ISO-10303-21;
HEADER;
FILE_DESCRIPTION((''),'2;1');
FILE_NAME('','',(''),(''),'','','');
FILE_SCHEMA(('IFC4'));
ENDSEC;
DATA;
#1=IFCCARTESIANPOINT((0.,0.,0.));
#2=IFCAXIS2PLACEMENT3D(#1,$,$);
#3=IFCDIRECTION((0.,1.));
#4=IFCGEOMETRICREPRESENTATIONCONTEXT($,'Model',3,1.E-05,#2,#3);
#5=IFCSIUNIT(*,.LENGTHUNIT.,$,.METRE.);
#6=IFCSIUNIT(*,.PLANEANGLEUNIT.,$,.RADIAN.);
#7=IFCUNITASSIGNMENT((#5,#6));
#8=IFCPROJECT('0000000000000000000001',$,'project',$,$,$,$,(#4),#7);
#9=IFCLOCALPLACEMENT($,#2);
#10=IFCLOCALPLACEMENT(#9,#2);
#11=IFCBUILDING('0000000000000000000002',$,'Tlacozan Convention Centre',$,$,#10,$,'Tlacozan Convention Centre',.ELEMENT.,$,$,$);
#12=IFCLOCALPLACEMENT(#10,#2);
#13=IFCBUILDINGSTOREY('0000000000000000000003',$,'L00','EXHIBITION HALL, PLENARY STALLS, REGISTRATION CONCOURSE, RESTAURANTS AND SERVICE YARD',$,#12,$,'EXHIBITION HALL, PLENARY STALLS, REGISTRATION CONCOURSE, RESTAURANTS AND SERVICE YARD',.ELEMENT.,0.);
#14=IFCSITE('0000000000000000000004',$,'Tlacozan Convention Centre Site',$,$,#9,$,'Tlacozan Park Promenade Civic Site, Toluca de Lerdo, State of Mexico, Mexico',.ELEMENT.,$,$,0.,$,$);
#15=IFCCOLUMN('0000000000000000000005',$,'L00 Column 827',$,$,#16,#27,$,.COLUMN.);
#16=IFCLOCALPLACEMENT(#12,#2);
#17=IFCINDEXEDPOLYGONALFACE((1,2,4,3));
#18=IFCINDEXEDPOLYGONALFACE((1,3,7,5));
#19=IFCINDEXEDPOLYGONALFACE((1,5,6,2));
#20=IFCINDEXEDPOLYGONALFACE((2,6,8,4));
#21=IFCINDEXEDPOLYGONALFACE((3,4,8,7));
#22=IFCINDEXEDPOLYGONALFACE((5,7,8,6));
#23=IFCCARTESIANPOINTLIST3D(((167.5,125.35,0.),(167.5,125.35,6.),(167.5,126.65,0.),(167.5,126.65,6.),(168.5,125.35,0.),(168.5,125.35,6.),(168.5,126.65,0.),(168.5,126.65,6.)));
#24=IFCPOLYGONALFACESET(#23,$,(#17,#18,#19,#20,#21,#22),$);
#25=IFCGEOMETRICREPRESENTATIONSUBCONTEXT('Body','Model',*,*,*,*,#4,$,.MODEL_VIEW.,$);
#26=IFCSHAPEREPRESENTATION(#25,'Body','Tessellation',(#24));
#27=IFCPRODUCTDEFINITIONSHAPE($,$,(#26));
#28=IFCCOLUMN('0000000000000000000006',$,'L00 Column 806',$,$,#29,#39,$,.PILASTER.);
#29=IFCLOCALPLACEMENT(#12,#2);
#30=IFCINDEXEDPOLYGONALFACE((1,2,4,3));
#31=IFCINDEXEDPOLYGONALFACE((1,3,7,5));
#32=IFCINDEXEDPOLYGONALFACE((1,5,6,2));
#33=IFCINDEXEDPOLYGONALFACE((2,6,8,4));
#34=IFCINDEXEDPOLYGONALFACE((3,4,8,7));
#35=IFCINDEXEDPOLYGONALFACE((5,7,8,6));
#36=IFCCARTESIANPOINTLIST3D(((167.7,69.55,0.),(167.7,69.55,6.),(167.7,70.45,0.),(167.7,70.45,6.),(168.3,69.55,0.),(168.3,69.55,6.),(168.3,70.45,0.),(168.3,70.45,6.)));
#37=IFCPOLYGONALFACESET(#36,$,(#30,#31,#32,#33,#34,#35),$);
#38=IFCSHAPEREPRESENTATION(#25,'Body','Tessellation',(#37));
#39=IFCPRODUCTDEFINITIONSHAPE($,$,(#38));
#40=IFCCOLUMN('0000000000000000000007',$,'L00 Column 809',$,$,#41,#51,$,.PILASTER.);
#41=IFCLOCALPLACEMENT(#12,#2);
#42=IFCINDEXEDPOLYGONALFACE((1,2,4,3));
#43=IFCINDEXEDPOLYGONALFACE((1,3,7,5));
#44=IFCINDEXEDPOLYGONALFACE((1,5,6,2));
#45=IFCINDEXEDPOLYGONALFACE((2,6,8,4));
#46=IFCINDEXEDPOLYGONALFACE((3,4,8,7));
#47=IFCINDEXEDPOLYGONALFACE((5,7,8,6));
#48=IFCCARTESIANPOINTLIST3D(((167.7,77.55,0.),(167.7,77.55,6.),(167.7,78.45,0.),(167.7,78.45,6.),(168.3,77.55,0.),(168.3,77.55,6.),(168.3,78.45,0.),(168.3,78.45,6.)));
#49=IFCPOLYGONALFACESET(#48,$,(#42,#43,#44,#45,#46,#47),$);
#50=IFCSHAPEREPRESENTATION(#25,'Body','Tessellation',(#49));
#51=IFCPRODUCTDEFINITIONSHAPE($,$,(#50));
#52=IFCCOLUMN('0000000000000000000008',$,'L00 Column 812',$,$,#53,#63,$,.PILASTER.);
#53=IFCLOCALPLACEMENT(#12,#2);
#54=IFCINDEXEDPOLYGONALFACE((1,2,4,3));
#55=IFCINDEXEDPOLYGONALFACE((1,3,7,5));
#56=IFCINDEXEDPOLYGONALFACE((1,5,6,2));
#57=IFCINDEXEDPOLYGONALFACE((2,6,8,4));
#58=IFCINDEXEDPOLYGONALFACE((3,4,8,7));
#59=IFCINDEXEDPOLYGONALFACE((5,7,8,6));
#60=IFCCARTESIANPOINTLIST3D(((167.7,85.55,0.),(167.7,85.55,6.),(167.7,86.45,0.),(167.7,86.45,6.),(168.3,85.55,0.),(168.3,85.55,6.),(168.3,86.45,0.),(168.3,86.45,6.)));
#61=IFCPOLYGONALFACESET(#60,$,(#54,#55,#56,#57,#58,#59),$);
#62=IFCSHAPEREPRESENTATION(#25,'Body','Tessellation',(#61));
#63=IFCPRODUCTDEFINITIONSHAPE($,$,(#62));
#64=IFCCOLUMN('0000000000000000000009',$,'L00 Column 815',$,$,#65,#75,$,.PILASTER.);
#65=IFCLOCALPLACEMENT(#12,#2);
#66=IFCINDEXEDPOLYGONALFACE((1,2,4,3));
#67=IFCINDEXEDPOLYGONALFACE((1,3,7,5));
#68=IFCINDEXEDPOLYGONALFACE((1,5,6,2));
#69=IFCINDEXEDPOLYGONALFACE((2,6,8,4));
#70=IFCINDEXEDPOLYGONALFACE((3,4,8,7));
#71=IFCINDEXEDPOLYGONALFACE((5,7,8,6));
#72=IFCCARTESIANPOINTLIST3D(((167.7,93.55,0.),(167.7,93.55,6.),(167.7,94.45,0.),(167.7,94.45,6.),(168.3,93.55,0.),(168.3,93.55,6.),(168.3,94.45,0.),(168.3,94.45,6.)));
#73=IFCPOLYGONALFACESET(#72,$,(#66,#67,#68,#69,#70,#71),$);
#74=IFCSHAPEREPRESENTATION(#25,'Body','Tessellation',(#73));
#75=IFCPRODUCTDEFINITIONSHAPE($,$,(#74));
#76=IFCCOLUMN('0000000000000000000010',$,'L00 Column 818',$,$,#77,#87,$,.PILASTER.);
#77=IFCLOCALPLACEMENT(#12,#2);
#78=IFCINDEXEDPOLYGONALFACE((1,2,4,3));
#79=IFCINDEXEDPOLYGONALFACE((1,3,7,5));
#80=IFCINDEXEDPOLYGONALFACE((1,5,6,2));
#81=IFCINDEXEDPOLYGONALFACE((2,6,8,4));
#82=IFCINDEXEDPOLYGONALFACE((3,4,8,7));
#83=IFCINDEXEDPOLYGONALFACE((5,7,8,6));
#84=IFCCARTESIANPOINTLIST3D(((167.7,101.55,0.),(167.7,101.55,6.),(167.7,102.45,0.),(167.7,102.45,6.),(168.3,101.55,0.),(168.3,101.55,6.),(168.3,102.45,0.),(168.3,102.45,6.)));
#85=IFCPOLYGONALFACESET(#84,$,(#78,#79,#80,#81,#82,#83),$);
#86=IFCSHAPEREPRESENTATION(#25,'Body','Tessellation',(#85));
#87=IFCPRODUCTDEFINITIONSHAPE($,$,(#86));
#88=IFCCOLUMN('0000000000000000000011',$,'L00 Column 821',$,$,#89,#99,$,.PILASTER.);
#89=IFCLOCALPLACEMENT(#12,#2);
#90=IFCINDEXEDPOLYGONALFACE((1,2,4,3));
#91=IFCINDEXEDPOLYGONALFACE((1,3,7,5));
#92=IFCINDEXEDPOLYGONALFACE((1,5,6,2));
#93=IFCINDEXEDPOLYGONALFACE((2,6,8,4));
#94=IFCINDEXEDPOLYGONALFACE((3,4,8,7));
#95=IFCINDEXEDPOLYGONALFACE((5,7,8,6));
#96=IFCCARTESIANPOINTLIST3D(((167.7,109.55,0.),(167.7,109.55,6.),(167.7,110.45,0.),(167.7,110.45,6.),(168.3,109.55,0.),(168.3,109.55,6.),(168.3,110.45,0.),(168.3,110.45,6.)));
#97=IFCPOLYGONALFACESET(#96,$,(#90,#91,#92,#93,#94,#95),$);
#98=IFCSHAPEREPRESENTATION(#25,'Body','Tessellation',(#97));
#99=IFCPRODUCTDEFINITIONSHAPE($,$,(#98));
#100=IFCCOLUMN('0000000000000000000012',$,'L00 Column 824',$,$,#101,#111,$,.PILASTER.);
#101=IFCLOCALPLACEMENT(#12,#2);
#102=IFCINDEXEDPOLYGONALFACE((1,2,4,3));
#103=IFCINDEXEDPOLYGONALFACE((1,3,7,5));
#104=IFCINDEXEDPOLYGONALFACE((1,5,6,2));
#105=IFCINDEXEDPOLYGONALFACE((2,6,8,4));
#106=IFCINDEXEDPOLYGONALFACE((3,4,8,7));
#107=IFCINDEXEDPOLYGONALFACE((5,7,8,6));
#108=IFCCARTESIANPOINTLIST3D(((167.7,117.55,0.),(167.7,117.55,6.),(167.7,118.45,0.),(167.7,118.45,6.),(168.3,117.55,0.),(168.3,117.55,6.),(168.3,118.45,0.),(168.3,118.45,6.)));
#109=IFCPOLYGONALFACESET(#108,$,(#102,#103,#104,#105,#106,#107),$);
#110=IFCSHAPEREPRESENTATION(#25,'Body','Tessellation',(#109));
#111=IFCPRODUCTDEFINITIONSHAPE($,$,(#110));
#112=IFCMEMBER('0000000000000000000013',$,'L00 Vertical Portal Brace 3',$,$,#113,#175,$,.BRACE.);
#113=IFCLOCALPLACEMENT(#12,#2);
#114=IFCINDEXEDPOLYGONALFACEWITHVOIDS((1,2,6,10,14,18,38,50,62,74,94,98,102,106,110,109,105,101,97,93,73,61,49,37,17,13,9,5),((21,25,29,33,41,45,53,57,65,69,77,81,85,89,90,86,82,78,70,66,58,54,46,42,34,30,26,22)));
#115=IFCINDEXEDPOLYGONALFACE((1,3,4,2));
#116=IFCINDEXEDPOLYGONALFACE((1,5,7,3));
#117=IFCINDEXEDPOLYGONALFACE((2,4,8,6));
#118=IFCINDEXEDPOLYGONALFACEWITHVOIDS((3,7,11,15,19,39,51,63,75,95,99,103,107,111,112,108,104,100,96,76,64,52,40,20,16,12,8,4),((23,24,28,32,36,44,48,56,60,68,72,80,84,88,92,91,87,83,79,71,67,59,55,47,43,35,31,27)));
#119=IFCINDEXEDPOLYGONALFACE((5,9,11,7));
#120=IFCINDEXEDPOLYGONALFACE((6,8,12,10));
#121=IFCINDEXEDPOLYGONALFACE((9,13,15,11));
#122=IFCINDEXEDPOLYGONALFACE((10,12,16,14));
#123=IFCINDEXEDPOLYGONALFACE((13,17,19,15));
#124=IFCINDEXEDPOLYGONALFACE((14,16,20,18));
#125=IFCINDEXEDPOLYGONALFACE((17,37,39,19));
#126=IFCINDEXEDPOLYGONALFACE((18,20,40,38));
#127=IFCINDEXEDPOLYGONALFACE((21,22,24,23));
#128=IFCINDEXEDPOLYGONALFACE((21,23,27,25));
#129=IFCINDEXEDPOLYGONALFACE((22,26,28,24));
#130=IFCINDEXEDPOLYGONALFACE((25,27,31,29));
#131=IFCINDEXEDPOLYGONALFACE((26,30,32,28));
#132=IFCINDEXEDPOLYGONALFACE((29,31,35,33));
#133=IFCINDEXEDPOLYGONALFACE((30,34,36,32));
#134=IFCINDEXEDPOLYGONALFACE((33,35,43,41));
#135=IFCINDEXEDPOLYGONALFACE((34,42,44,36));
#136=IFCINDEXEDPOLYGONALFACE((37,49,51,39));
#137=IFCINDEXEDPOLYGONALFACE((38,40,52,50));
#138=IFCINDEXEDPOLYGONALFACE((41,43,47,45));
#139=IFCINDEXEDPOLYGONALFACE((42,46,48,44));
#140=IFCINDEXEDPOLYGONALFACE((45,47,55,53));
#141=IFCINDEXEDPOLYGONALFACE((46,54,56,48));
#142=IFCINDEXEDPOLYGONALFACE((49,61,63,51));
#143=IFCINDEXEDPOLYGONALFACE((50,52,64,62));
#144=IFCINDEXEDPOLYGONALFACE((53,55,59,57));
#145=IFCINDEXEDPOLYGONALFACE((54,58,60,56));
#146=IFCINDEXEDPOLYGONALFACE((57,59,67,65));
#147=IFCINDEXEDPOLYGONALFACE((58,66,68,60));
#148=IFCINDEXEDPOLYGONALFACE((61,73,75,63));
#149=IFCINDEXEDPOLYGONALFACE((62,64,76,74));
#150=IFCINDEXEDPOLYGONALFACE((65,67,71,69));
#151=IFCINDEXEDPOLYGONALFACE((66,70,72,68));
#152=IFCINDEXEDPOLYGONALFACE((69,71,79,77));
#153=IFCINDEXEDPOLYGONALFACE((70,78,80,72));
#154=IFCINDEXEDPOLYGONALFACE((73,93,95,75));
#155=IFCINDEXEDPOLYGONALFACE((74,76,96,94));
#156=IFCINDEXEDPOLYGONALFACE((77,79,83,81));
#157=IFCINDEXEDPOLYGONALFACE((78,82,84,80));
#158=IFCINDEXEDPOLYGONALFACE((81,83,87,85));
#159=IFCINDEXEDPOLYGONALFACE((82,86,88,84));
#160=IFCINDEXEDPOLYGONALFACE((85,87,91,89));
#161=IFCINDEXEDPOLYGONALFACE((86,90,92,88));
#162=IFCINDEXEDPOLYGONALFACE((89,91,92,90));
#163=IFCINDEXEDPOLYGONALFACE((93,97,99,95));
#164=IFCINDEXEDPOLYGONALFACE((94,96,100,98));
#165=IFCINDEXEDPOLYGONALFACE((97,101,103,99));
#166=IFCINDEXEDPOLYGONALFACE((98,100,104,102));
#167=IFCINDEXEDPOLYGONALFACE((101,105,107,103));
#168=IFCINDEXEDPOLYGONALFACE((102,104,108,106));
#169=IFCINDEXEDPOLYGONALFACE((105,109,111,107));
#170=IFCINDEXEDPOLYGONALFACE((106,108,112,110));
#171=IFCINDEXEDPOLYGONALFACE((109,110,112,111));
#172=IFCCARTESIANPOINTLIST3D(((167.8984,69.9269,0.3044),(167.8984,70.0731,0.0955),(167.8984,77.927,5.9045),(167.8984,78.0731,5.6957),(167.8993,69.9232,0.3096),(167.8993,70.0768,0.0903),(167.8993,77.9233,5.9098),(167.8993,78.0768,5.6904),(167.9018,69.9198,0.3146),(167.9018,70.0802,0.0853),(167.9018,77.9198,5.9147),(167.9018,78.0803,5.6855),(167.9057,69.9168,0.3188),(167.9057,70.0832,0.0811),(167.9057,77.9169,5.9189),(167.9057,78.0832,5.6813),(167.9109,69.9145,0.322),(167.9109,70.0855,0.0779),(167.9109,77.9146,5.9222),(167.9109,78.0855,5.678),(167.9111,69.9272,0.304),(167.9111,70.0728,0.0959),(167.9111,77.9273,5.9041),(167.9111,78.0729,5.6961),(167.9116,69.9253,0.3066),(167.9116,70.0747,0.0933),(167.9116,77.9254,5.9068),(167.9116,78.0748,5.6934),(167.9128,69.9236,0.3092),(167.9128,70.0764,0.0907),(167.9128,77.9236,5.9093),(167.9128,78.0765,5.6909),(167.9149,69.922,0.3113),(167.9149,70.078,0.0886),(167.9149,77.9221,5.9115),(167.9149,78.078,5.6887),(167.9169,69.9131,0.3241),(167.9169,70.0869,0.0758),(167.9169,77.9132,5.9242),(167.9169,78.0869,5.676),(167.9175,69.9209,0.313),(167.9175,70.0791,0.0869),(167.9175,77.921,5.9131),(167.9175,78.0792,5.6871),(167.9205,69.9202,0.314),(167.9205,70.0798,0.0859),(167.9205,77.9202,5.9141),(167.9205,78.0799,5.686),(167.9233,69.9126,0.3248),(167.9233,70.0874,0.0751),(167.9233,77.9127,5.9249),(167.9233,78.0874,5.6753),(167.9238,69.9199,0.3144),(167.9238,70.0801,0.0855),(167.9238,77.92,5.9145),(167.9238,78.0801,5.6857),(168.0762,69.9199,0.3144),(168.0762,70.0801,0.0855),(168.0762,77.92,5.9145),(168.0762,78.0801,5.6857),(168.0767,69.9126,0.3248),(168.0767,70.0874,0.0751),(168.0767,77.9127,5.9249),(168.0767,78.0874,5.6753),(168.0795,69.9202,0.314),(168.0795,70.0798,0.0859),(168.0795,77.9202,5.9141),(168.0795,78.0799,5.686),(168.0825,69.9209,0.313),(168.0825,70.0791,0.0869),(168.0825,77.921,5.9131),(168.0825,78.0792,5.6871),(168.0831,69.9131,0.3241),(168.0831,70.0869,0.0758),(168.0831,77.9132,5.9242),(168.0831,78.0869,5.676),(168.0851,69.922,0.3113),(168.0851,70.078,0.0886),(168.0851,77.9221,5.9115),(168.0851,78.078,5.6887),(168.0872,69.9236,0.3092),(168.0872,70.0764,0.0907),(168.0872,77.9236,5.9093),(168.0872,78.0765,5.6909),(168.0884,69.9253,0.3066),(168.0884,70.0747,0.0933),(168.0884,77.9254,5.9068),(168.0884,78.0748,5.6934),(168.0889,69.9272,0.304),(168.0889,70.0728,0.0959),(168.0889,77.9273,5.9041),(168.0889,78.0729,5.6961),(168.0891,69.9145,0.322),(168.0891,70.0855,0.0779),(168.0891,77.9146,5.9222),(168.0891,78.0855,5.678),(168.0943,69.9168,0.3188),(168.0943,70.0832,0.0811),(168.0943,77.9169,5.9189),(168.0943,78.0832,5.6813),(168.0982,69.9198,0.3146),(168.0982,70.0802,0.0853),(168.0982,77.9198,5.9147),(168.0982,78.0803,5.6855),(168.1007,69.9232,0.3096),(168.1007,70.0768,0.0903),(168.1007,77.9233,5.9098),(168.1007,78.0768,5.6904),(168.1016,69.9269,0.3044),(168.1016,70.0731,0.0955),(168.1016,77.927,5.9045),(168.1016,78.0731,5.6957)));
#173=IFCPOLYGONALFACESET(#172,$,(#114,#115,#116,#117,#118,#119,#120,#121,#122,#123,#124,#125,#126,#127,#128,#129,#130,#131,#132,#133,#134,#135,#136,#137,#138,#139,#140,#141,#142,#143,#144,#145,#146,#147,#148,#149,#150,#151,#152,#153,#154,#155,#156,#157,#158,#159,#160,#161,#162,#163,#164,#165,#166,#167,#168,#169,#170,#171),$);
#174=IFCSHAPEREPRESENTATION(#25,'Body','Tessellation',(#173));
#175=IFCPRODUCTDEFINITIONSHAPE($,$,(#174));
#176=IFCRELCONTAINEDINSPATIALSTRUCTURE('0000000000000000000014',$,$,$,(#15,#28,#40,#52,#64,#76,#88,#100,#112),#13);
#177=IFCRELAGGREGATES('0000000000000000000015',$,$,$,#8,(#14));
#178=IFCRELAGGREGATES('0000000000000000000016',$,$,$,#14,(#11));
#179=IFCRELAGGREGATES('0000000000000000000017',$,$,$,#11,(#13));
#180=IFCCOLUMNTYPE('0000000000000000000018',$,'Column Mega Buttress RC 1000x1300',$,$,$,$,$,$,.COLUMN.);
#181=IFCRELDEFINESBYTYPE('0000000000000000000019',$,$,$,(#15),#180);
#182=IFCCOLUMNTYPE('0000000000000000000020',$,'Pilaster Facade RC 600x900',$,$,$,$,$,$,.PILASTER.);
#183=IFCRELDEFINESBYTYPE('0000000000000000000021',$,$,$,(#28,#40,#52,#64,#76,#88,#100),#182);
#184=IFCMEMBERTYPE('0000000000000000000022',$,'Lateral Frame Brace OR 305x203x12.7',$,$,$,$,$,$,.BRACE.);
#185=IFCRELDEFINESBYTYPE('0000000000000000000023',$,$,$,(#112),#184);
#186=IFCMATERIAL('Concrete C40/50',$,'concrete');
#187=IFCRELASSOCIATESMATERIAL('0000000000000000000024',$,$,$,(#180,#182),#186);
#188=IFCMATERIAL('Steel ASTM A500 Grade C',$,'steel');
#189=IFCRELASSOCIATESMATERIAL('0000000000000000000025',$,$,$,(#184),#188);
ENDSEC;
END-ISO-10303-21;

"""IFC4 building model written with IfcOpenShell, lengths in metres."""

from ifc_helpers import new_model, si_unit, direction, frame, origin, origin_2d, place, context, subcontext, project, spatial, rectangle, hollow_rectangle, extrude, material, material_profile, profile_set, type_object, element, save


model = new_model("IFC4")

# Units and contexts
model_context = context("Model", 3, precision=1e-05, world=origin(), true_north=direction((0.0, 1.0)))
body_context = subcontext(model_context, "Body", "Model", "MODEL_VIEW")
ifc_project = project(units=[si_unit("LENGTHUNIT", "METRE"), si_unit("PLANEANGLEUNIT", "RADIAN")], contexts=[model_context])

# Site, building, storey
site_placement = place(None, origin())
site = spatial("IfcSite", under=ifc_project, at=site_placement, Name="Tlacozan Convention Centre Site", LongName="Tlacozan Park Promenade Civic Site, Toluca de Lerdo, State of Mexico, Mexico", CompositionType="ELEMENT", RefElevation=0.0)
building_placement = place(site_placement, origin())
building = spatial("IfcBuilding", under=site, at=building_placement, Name="Tlacozan Convention Centre", LongName="Tlacozan Convention Centre", CompositionType="ELEMENT")
storey_placement = place(building_placement, origin())
storey = spatial("IfcBuildingStorey", under=building, at=storey_placement, Name="L00", Description="EXHIBITION HALL, PLENARY STALLS, REGISTRATION CONCOURSE, RESTAURANTS AND SERVICE YARD", LongName="EXHIBITION HALL, PLENARY STALLS, REGISTRATION CONCOURSE, RESTAURANTS AND SERVICE YARD", CompositionType="ELEMENT", Elevation=0.0)

# Columns
ifc_material_1 = material(Name="Concrete C40/50", Category="concrete")
ifc_material_profile_1 = material_profile(ifc_material_1, rectangle(XDim=1.0, YDim=1.3, at=origin_2d()), Name="RC 1000x1300")
ifc_profile_set_1 = profile_set([ifc_material_profile_1], Name="Concrete C40/50")
column_type_1 = type_object("IfcColumnType", Name="Column Mega Buttress RC 1000x1300", PredefinedType="COLUMN", material=ifc_profile_set_1)
column_placement = place(storey_placement, frame((168.0, 126.0, 0.0), z_axis=(0.0, 0.0, 1.0), x_axis=(1.0, 0.0, 0.0)))
element("IfcColumn", 1, at=column_placement, inside=storey, type_object=column_type_1, Name="L00 Column 827", PredefinedType="COLUMN", context=body_context, shape_type="SweptSolid", body=[
    extrude(rectangle(XDim=1.0, YDim=1.3, at=origin_2d()), origin(), (0.0, 0.0, 1.0), 6.0),
])
ifc_material_profile_2 = material_profile(ifc_material_1, rectangle(XDim=0.6001, YDim=0.8999, at=origin_2d()), Name="RC 600x900")
ifc_profile_set_2 = profile_set([ifc_material_profile_2], Name="Concrete C40/50")
column_type_2 = type_object("IfcColumnType", Name="Pilaster Facade RC 600x900", PredefinedType="PILASTER", material=ifc_profile_set_2)
for number, where, z_axis, x_axis, name in (
    (2, (168.0, 70.0, 0.0), (0.0, 0.0, 1.0), (1.0, 0.0, 0.0), "L00 Column 806"),
    (3, (168.0, 78.0, 0.0), (0.0, 0.0, 1.0), (1.0, 0.0, 0.0), "L00 Column 809"),
    (4, (168.0, 86.0, 0.0), (0.0, 0.0, 1.0), (1.0, 0.0, 0.0), "L00 Column 812"),
    (5, (168.0, 94.0, 0.0), (0.0, 0.0, 1.0), (1.0, 0.0, 0.0), "L00 Column 815"),
    (6, (168.0, 102.0, 0.0), (0.0, 0.0, 1.0), (1.0, 0.0, 0.0), "L00 Column 818"),
    (7, (168.0, 110.0, 0.0), (0.0, 0.0, 1.0), (1.0, 0.0, 0.0), "L00 Column 821"),
    (8, (168.0, 118.0, 0.0), (0.0, 0.0, 1.0), (1.0, 0.0, 0.0), "L00 Column 824"),
):
    element("IfcColumn", number, at=place(storey_placement, frame(where, z_axis=z_axis, x_axis=x_axis)), inside=storey, type_object=column_type_2, Name=name, PredefinedType="PILASTER", context=body_context, shape_type="SweptSolid", body=[
        extrude(rectangle(XDim=0.6001, YDim=0.8999, at=origin_2d()), origin(), (0.0, 0.0, 1.0), 6.0),
    ])

# Member
ifc_material_2 = material(Name="Steel ASTM A500 Grade C", Category="steel")
ifc_material_profile_3 = material_profile(ifc_material_2, hollow_rectangle(XDim=0.2031, YDim=0.3047, WallThickness=0.0127, InnerFilletRadius=0.0127, OuterFilletRadius=0.0249, at=origin_2d()), Name="OR 305x203x12.7")
ifc_profile_set_3 = profile_set([ifc_material_profile_3], Name="Steel ASTM A500 Grade C")
member_type = type_object("IfcMemberType", Name="Lateral Frame Brace OR 305x203x12.7", PredefinedType="BRACE", material=ifc_profile_set_3)
for number, where, z_axis, x_axis, name in (
    (9, (168.0, 70.0, 0.2), (0.0, 0.819227, 0.573469), (-1.0, 0.0, 0.0), "L00 Vertical Portal Brace 3"),
):
    element("IfcMember", number, at=place(storey_placement, frame(where, z_axis=z_axis, x_axis=x_axis)), inside=storey, type_object=member_type, Name=name, PredefinedType="BRACE", context=body_context, shape_type="SweptSolid", body=[
        extrude(hollow_rectangle(XDim=0.2031, YDim=0.3047, WallThickness=0.0127, InnerFilletRadius=0.0127, OuterFilletRadius=0.0249, at=origin_2d()), origin(), (0.0, 0.0, 1.0), 9.7654),
    ])

save(model, "model.ifc")
